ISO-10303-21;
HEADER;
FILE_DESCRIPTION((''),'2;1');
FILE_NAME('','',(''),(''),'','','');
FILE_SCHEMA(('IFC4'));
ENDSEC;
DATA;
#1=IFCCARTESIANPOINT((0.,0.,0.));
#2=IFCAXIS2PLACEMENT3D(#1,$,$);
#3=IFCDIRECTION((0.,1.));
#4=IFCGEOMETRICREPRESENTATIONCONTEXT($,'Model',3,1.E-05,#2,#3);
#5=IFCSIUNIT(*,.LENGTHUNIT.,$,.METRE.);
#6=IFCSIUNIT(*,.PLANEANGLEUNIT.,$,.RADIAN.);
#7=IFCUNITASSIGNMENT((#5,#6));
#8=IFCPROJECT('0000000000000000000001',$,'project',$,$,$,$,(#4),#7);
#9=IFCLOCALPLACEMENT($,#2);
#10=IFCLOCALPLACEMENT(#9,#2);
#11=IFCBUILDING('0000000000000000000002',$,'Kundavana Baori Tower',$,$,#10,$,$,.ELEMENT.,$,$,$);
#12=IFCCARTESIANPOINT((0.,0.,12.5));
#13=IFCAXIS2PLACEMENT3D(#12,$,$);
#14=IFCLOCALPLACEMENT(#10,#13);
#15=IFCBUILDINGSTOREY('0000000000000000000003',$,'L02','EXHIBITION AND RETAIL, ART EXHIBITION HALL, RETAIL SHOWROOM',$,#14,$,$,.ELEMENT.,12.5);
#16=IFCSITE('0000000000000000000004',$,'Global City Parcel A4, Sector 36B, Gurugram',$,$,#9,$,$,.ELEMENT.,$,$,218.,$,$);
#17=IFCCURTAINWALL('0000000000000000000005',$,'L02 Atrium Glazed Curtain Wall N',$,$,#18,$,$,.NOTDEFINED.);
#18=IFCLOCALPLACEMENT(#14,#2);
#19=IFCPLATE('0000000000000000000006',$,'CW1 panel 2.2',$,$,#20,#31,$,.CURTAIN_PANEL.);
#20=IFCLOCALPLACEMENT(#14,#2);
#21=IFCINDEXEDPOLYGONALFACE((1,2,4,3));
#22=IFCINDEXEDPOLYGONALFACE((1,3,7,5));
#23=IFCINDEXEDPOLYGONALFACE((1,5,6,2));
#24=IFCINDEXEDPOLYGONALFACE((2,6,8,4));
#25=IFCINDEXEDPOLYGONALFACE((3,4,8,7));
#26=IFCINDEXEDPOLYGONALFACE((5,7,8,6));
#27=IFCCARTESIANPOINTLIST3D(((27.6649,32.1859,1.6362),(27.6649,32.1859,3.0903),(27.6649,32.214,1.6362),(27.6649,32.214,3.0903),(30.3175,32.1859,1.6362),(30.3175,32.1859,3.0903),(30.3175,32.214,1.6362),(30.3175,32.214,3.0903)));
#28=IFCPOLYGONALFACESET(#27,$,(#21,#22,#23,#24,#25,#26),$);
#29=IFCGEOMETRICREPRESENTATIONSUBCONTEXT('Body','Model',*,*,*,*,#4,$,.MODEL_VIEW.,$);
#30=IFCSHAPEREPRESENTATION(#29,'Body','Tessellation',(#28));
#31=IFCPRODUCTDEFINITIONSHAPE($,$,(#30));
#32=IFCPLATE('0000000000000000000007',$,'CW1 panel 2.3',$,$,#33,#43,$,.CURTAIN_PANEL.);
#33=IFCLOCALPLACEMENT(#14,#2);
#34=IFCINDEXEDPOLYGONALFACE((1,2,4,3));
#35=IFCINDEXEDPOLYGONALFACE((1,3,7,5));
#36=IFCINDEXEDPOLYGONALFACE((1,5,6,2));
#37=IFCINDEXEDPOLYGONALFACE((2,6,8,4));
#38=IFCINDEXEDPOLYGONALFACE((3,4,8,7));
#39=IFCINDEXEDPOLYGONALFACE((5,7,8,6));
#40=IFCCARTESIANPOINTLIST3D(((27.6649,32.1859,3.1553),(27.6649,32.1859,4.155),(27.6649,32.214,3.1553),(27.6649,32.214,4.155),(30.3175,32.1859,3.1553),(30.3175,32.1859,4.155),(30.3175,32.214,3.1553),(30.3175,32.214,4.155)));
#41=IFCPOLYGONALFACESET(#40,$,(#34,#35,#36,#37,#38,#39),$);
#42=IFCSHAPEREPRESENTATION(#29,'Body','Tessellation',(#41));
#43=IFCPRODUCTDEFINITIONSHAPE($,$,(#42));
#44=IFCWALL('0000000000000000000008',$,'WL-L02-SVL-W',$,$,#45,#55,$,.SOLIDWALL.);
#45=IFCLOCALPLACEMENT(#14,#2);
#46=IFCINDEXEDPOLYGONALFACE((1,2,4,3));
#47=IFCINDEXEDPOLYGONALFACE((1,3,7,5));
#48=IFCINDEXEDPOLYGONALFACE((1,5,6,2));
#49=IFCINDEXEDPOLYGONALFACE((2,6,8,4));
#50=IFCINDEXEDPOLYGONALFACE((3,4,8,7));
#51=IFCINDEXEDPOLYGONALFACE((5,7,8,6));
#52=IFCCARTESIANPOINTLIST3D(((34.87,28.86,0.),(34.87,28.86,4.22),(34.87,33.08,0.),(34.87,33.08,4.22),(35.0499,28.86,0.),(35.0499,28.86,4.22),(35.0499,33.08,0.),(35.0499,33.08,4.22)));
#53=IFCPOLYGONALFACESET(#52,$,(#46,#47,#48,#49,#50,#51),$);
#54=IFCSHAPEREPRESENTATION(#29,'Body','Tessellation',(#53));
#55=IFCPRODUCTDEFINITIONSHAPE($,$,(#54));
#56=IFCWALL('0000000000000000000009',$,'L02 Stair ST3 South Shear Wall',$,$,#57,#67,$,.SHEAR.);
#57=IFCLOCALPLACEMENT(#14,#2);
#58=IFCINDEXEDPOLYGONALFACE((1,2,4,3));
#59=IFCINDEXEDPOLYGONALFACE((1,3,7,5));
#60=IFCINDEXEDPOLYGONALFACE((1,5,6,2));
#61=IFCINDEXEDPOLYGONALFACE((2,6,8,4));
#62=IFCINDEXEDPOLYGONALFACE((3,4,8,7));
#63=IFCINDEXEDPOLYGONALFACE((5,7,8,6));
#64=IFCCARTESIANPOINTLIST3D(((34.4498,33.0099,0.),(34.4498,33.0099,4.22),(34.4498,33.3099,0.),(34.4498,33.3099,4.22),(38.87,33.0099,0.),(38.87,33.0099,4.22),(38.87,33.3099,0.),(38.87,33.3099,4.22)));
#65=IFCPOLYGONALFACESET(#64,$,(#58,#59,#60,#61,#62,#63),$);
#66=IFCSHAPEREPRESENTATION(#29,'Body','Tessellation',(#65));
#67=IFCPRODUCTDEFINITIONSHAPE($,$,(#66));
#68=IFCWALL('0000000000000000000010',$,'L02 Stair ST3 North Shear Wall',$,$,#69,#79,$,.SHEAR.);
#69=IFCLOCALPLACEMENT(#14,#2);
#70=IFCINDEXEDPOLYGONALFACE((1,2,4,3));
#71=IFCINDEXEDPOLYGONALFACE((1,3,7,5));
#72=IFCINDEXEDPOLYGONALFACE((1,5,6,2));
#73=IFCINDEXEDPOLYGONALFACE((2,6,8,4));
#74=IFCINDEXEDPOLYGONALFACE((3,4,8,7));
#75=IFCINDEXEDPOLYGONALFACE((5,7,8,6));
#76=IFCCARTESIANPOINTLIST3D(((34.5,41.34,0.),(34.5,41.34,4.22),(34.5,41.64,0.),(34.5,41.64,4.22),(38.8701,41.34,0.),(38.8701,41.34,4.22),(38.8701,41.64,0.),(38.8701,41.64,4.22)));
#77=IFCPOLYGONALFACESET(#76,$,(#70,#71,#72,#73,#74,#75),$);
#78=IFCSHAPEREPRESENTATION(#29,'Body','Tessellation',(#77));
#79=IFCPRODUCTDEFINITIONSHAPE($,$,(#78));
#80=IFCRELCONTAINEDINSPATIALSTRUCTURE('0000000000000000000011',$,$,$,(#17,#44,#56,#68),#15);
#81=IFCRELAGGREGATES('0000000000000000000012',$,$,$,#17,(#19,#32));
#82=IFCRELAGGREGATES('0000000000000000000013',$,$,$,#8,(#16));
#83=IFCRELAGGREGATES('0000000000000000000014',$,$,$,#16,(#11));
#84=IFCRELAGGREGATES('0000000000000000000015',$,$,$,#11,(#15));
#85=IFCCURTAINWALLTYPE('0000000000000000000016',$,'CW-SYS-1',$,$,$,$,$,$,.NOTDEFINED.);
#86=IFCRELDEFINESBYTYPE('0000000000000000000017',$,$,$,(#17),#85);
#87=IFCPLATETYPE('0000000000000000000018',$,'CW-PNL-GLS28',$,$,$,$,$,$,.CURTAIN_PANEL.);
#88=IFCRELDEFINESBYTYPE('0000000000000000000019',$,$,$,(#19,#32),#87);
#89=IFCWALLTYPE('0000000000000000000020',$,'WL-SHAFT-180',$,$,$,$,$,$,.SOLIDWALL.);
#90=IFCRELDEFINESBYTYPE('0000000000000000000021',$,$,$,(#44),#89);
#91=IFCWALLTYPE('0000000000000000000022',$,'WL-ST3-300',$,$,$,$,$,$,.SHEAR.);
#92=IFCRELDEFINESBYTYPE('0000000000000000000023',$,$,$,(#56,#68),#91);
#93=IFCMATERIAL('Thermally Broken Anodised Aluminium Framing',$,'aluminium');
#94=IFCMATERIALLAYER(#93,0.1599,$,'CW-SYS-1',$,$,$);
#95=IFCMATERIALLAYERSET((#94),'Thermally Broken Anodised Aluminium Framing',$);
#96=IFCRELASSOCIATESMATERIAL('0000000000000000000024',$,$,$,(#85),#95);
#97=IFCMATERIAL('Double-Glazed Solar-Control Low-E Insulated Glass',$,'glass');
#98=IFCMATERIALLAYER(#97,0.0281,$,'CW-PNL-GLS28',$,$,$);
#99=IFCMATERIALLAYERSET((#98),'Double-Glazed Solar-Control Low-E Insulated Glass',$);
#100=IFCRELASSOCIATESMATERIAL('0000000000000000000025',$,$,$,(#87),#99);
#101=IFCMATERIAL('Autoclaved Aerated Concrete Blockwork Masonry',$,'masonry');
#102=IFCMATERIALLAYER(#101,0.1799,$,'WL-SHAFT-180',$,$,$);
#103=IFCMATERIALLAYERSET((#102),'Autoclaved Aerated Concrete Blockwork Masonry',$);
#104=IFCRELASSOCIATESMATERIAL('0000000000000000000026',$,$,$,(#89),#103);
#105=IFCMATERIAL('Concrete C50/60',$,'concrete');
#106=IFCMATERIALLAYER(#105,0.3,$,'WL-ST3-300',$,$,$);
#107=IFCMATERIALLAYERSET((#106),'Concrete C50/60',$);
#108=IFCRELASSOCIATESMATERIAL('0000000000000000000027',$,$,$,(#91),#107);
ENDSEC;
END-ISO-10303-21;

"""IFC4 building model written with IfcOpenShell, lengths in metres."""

from ifc_helpers import new_model, si_unit, direction, frame, frame_2d, origin, origin_2d, place, context, subcontext, project, spatial, rectangle, extrude, material, layer, layer_set, type_object, element, aggregate, save


model = new_model("IFC4")

# Units and contexts
model_context = context("Model", 3, precision=1e-05, world=origin(), true_north=direction((0.0, 1.0)))
body_context = subcontext(model_context, "Body", "Model", "MODEL_VIEW")
ifc_project = project(units=[si_unit("LENGTHUNIT", "METRE"), si_unit("PLANEANGLEUNIT", "RADIAN")], contexts=[model_context])

# Site, building, storey
site_placement = place(None, origin())
site = spatial("IfcSite", under=ifc_project, at=site_placement, Name="Global City Parcel A4, Sector 36B, Gurugram", CompositionType="ELEMENT", RefElevation=218.0)
building_placement = place(site_placement, origin())
building = spatial("IfcBuilding", under=site, at=building_placement, Name="Kundavana Baori Tower", CompositionType="ELEMENT")
storey_placement = place(building_placement, frame((0.0, 0.0, 12.5)))
storey = spatial("IfcBuildingStorey", under=building, at=storey_placement, Name="L02", Description="EXHIBITION AND RETAIL, ART EXHIBITION HALL, RETAIL SHOWROOM", CompositionType="ELEMENT", Elevation=12.5)

# Curtain wall
ifc_material_1 = material(Name="Thermally Broken Anodised Aluminium Framing", Category="aluminium")
ifc_layer_1 = layer(ifc_material_1, 0.1599, Name="CW-SYS-1")
ifc_layer_set_1 = layer_set([ifc_layer_1], Name="Thermally Broken Anodised Aluminium Framing")
curtain_wall_type = type_object("IfcCurtainWallType", Name="CW-SYS-1", PredefinedType="NOTDEFINED", material=ifc_layer_set_1)
curtain_wall_1_placement = place(storey_placement, origin())
curtain_wall_1 = element("IfcCurtainWall", 1, at=curtain_wall_1_placement, inside=storey, type_object=curtain_wall_type, Name="L02 Atrium Glazed Curtain Wall N", PredefinedType="NOTDEFINED")

# Plates
ifc_material_2 = material(Name="Double-Glazed Solar-Control Low-E Insulated Glass", Category="glass")
ifc_layer_2 = layer(ifc_material_2, 0.0281, Name="CW-PNL-GLS28")
ifc_layer_set_2 = layer_set([ifc_layer_2], Name="Double-Glazed Solar-Control Low-E Insulated Glass")
plate_type = type_object("IfcPlateType", Name="CW-PNL-GLS28", PredefinedType="CURTAIN_PANEL", material=ifc_layer_set_2)
plate_1_placement = place(storey_placement, frame((28.9912, 32.2, 1.6362), z_axis=(0.0, 0.0, 1.0), x_axis=(-1.0, 0.0, 0.0)))
plate_1 = element("IfcPlate", 2, at=plate_1_placement, type_object=plate_type, Name="CW1 panel 2.2", PredefinedType="CURTAIN_PANEL", context=body_context, shape_type="SweptSolid", body=[
    extrude(rectangle(XDim=2.6526, YDim=0.0281, at=origin_2d()), origin(), (0.0, 0.0, 1.0), 1.4541),
])
plate_2_placement = place(storey_placement, frame((28.9912, 32.2, 3.1553), z_axis=(0.0, 0.0, 1.0), x_axis=(-1.0, 0.0, 0.0)))
plate_2 = element("IfcPlate", 3, at=plate_2_placement, type_object=plate_type, Name="CW1 panel 2.3", PredefinedType="CURTAIN_PANEL", context=body_context, shape_type="SweptSolid", body=[
    extrude(rectangle(XDim=2.6526, YDim=0.0281, at=origin_2d()), origin(), (0.0, 0.0, 1.0), 0.9998),
])
aggregate(curtain_wall_1, [plate_1, plate_2])

# Walls
ifc_material_3 = material(Name="Autoclaved Aerated Concrete Blockwork Masonry", Category="masonry")
ifc_layer_3 = layer(ifc_material_3, 0.1799, Name="WL-SHAFT-180")
ifc_layer_set_3 = layer_set([ifc_layer_3], Name="Autoclaved Aerated Concrete Blockwork Masonry")
wall_type_1 = type_object("IfcWallType", Name="WL-SHAFT-180", PredefinedType="SOLIDWALL", material=ifc_layer_set_3)
wall_1_placement = place(storey_placement, frame((34.96, 28.8601, 0.0), z_axis=(0.0, 0.0, 1.0), x_axis=(0.0, 1.0, 0.0)))
element("IfcWall", 4, at=wall_1_placement, inside=storey, type_object=wall_type_1, Name="WL-L02-SVL-W", PredefinedType="SOLIDWALL", context=body_context, shape_type="SweptSolid", body=[
    extrude(rectangle(XDim=4.22, YDim=0.1799, at=frame_2d((2.1099, 0.0))), origin(), (0.0, 0.0, 1.0), 4.22),
])
ifc_material_4 = material(Name="Concrete C50/60", Category="concrete")
ifc_layer_4 = layer(ifc_material_4, 0.3, Name="WL-ST3-300")
ifc_layer_set_4 = layer_set([ifc_layer_4], Name="Concrete C50/60")
wall_type_2 = type_object("IfcWallType", Name="WL-ST3-300", PredefinedType="SHEAR", material=ifc_layer_set_4)
wall_2_placement = place(storey_placement, frame((34.45, 33.1599, 0.0), z_axis=(0.0, 0.0, 1.0), x_axis=(1.0, 0.0, 0.0)))
element("IfcWall", 5, at=wall_2_placement, inside=storey, type_object=wall_type_2, Name="L02 Stair ST3 South Shear Wall", PredefinedType="SHEAR", context=body_context, shape_type="SweptSolid", body=[
    extrude(rectangle(XDim=4.4202, YDim=0.3, at=frame_2d((2.21, 0.0))), origin(), (0.0, 0.0, 1.0), 4.22),
])
wall_3_placement = place(storey_placement, frame((34.5, 41.49, 0.0), z_axis=(0.0, 0.0, 1.0), x_axis=(1.0, 0.0, 0.0)))
element("IfcWall", 6, at=wall_3_placement, inside=storey, type_object=wall_type_2, Name="L02 Stair ST3 North Shear Wall", PredefinedType="SHEAR", context=body_context, shape_type="SweptSolid", body=[
    extrude(rectangle(XDim=4.3701, YDim=0.3, at=frame_2d((2.1851, 0.0))), origin(), (0.0, 0.0, 1.0), 4.22),
])

save(model, "model.ifc")
